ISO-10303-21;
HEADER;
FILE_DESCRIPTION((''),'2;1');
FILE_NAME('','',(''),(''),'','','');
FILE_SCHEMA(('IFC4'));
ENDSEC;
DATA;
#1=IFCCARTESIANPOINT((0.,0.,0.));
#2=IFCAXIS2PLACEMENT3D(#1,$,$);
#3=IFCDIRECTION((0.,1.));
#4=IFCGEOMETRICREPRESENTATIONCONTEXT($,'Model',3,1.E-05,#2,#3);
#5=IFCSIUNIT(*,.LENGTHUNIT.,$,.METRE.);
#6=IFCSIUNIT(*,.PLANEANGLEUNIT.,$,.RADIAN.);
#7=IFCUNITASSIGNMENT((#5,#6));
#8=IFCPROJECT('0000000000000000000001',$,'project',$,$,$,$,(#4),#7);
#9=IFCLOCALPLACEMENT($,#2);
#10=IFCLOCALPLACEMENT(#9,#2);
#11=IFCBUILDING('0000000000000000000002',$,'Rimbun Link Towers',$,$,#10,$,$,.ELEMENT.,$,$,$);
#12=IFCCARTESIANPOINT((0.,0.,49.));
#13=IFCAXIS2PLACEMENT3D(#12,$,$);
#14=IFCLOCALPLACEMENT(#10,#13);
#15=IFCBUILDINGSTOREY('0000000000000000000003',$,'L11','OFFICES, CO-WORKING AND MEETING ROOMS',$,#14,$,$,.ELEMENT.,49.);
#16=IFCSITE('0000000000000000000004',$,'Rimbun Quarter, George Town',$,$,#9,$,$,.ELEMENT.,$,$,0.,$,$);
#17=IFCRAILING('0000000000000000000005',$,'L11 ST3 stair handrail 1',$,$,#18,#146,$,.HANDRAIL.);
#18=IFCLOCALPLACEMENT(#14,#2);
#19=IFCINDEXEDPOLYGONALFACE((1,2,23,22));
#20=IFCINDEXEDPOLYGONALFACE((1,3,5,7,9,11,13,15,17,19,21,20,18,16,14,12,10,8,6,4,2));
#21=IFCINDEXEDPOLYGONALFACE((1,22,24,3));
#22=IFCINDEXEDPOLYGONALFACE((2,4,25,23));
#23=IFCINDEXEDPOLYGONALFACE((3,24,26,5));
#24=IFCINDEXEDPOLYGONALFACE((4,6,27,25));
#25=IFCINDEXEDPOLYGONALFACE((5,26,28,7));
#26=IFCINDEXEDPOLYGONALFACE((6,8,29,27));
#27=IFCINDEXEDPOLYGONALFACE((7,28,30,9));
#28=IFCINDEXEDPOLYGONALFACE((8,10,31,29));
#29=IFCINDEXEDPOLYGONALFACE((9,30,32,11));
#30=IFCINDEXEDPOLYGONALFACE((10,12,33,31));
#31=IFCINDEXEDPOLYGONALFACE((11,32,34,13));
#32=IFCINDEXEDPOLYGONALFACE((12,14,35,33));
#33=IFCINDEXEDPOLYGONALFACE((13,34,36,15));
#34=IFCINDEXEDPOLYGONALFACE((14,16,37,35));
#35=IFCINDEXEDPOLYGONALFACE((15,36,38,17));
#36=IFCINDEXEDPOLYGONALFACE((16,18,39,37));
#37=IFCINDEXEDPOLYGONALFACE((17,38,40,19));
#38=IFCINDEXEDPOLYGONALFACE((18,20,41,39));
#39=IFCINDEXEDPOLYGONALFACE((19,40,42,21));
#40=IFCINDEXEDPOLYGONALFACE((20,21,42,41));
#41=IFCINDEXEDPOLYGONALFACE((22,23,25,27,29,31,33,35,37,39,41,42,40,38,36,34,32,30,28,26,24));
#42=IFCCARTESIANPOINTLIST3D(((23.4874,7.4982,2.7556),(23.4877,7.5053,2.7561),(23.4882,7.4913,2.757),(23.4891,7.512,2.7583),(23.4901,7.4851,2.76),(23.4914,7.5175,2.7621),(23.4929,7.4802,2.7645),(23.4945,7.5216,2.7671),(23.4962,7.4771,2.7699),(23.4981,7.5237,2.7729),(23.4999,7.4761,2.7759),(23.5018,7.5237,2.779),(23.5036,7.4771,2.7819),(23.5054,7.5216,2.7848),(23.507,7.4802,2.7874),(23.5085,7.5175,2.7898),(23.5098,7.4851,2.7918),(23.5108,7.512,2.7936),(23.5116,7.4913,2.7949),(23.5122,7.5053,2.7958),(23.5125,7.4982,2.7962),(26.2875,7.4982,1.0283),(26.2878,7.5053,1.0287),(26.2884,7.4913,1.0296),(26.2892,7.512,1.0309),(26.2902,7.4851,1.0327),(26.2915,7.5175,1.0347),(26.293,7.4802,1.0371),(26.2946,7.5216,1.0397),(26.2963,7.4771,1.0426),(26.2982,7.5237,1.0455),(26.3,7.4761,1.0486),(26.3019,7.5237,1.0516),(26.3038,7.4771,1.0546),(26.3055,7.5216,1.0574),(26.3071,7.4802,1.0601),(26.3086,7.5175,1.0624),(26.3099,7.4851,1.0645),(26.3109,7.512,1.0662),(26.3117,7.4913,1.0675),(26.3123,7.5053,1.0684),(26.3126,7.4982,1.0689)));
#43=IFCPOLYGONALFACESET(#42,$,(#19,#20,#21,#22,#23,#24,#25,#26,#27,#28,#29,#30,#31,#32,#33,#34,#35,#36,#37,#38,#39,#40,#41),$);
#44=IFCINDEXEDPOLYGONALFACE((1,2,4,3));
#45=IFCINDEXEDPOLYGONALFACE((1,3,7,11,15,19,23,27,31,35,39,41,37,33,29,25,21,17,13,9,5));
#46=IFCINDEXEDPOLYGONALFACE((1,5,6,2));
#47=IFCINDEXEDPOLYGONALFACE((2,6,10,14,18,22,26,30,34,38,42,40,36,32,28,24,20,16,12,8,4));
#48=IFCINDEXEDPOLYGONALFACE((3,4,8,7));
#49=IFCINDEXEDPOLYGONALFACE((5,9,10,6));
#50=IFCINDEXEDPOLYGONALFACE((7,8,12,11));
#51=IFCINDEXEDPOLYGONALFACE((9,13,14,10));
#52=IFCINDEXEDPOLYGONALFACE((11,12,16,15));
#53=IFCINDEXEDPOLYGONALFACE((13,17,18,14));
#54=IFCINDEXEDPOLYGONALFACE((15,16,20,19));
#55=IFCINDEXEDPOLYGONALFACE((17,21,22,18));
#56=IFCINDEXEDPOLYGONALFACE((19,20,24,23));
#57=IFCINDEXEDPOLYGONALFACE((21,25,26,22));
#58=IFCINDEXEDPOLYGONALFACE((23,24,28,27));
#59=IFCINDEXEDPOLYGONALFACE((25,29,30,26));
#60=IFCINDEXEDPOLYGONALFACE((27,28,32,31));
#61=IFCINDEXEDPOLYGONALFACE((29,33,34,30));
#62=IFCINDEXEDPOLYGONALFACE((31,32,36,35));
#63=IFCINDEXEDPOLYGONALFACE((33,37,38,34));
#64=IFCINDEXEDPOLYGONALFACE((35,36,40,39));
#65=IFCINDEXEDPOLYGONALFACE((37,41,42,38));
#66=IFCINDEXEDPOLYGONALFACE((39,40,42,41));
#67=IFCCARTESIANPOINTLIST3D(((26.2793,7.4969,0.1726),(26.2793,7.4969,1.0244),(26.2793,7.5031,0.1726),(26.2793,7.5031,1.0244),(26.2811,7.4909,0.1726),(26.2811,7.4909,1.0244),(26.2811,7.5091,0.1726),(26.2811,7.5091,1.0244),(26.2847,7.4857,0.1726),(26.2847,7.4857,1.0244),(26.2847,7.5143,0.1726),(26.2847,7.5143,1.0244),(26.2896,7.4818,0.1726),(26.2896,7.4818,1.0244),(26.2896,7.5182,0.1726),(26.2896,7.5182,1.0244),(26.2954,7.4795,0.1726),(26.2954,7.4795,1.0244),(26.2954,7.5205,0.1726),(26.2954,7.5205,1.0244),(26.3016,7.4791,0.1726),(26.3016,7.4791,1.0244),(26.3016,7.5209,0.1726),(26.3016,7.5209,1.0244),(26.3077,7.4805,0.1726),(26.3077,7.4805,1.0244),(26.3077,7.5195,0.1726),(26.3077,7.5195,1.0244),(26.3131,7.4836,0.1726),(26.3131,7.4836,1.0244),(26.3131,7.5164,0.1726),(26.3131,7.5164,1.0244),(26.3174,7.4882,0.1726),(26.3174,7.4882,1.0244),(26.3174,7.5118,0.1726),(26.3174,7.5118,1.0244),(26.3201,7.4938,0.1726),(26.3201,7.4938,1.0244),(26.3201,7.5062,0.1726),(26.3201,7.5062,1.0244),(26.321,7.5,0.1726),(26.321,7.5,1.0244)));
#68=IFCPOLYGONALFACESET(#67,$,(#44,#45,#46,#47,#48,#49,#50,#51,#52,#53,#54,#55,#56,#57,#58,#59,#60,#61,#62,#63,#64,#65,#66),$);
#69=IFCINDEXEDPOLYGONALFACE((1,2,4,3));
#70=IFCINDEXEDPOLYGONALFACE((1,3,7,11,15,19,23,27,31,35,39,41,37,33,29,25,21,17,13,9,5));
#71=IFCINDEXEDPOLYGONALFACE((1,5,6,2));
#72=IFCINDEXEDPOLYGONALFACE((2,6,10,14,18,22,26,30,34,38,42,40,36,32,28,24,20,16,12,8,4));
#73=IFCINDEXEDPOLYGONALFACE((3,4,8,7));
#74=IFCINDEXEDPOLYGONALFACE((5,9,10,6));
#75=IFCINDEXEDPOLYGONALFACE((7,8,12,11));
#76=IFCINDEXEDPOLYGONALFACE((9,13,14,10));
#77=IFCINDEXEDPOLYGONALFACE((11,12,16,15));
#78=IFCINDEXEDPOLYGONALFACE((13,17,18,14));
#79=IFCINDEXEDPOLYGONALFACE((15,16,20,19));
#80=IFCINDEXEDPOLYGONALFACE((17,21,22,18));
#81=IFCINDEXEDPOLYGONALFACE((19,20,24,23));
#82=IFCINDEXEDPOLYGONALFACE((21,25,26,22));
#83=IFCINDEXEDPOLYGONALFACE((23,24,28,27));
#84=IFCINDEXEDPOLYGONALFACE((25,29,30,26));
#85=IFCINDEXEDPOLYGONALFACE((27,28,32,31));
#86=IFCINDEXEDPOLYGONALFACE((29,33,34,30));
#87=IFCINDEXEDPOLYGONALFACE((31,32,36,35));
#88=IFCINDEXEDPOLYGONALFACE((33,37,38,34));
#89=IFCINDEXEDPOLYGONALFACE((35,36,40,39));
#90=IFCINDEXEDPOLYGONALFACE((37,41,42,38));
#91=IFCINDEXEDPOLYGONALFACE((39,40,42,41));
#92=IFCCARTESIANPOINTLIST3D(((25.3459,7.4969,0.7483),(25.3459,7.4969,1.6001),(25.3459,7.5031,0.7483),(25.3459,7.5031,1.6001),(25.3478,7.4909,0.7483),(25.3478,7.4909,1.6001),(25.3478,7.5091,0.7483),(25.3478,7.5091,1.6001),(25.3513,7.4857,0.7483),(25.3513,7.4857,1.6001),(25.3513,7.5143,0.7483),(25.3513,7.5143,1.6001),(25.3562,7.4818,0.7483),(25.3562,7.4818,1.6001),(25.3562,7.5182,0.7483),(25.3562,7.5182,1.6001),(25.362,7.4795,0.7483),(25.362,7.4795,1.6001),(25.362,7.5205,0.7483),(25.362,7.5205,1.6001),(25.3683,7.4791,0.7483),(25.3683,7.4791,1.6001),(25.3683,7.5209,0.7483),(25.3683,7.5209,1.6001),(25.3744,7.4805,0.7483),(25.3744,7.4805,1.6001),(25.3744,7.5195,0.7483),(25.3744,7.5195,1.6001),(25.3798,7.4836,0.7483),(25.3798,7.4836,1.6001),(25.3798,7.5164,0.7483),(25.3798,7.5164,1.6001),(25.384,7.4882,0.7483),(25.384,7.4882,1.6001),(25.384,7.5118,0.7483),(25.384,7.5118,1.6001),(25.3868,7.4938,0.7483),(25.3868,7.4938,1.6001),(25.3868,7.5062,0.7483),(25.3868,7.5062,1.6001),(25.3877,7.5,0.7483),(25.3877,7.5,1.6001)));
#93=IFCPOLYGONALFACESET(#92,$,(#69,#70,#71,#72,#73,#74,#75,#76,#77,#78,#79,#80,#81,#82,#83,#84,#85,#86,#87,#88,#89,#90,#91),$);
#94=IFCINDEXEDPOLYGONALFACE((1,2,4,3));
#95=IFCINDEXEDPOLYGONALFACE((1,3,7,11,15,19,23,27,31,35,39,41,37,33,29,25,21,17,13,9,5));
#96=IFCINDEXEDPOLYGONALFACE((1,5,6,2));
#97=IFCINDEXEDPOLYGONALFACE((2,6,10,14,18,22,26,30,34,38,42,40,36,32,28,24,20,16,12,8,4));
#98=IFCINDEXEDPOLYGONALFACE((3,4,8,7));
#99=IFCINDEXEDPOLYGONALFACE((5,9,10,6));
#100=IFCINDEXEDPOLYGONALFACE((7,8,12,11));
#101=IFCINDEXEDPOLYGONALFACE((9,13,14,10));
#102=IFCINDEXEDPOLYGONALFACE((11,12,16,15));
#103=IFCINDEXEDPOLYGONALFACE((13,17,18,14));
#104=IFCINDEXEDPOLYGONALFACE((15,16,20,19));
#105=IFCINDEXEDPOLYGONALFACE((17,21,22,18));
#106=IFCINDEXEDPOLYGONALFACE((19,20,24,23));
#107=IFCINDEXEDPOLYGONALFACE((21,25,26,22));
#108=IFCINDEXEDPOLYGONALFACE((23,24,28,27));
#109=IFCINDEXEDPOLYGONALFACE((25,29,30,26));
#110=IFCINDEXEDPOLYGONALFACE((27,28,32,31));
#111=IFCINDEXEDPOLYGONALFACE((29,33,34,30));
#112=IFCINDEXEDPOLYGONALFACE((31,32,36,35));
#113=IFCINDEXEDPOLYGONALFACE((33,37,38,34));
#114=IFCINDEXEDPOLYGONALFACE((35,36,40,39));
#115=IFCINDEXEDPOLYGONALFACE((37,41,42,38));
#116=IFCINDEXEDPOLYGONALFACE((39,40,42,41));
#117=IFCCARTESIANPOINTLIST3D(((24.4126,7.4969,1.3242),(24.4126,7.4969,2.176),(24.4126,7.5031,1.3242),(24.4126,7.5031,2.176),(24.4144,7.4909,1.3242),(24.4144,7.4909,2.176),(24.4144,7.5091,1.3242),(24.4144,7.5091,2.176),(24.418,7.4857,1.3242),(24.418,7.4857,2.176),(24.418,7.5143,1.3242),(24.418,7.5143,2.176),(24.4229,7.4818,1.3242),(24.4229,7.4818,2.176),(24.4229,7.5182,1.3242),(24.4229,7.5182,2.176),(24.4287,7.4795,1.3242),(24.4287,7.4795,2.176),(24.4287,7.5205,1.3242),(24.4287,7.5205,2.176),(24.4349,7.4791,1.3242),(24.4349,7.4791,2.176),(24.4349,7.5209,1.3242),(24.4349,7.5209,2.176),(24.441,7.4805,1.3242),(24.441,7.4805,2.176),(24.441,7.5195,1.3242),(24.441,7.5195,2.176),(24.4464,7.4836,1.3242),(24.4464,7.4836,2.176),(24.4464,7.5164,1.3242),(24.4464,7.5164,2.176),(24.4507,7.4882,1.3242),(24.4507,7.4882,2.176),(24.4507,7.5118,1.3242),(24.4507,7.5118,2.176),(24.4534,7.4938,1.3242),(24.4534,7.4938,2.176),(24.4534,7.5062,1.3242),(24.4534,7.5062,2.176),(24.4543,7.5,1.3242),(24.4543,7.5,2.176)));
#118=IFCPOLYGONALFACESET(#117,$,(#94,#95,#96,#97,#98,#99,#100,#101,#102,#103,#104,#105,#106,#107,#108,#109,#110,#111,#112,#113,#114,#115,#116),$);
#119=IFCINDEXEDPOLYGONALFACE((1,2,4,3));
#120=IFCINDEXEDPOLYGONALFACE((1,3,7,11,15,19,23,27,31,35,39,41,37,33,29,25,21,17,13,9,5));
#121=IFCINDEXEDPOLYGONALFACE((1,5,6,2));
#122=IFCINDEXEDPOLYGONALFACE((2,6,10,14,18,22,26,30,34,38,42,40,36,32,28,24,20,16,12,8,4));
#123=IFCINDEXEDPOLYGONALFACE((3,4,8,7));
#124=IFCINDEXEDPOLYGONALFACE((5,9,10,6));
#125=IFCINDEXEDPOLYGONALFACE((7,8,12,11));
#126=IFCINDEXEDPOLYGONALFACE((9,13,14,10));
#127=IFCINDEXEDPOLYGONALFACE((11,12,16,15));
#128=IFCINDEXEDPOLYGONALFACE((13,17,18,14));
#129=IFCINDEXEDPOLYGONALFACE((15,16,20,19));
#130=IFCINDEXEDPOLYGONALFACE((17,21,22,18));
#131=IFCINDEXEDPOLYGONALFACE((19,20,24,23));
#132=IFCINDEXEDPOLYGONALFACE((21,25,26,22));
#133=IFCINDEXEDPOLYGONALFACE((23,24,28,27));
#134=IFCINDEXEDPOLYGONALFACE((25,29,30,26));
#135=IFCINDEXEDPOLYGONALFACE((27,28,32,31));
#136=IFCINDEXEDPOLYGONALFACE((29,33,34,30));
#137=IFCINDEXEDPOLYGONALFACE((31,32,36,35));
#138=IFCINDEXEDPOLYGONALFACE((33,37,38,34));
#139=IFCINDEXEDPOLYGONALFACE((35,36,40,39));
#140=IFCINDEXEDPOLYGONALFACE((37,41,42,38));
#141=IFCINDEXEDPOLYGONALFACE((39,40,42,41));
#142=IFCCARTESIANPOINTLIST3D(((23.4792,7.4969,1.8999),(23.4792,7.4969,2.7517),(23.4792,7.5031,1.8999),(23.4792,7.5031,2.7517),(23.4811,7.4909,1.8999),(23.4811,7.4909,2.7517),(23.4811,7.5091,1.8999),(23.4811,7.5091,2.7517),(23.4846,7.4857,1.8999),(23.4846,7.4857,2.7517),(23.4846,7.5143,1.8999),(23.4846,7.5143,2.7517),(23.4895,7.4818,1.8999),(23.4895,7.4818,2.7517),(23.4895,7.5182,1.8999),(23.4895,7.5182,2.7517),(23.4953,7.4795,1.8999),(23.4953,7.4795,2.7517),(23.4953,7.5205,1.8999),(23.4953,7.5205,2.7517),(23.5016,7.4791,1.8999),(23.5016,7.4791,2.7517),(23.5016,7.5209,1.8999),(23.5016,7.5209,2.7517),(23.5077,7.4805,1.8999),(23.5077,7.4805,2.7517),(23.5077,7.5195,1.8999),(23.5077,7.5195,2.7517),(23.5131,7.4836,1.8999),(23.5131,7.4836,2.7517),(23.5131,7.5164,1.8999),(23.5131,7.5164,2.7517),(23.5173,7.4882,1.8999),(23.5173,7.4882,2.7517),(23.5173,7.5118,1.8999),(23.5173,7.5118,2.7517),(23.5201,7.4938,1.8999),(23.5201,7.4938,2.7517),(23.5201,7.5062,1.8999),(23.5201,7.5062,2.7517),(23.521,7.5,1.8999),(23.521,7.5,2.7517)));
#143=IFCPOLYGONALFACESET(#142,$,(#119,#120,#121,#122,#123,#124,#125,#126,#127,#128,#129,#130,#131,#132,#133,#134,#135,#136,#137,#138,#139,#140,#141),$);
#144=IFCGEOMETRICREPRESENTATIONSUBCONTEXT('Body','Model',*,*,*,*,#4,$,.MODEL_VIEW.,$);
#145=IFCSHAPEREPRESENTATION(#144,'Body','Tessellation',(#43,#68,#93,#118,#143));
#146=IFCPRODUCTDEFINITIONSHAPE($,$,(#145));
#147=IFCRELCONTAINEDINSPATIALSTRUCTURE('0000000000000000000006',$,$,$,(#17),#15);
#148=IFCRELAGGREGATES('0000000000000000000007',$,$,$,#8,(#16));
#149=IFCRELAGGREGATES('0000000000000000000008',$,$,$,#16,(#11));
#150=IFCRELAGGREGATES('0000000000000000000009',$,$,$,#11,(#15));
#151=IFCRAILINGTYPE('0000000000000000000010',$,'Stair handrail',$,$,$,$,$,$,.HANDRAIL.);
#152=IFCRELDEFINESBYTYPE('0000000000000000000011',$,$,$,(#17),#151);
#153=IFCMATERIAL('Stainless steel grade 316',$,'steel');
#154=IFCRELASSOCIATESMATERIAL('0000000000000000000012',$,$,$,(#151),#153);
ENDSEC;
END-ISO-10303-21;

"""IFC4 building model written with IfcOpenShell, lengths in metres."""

from ifc_helpers import new_model, si_unit, direction, frame, origin, origin_2d, place, context, subcontext, project, spatial, circle, extrude, material, type_object, element, save


model = new_model("IFC4")

# Units and contexts
model_context = context("Model", 3, precision=1e-05, world=origin(), true_north=direction((0.0, 1.0)))
body_context = subcontext(model_context, "Body", "Model", "MODEL_VIEW")
ifc_project = project(units=[si_unit("LENGTHUNIT", "METRE"), si_unit("PLANEANGLEUNIT", "RADIAN")], contexts=[model_context])

# Site, building, storey
site_placement = place(None, origin())
site = spatial("IfcSite", under=ifc_project, at=site_placement, Name="Rimbun Quarter, George Town", CompositionType="ELEMENT", RefElevation=0.0)
building_placement = place(site_placement, origin())
building = spatial("IfcBuilding", under=site, at=building_placement, Name="Rimbun Link Towers", CompositionType="ELEMENT")
storey_placement = place(building_placement, frame((0.0, 0.0, 49.0)))
storey = spatial("IfcBuildingStorey", under=building, at=storey_placement, Name="L11", Description="OFFICES, CO-WORKING AND MEETING ROOMS", CompositionType="ELEMENT", Elevation=49.0)

# Railing
ifc_material_1 = material(Name="Stainless steel grade 316", Category="steel")
railing_type_1 = type_object("IfcRailingType", Name="Stair handrail", PredefinedType="HANDRAIL", material=ifc_material_1)
railing_1_placement = place(storey_placement, frame((26.3, 7.5, 0.1726)))
element("IfcRailing", 1, at=railing_1_placement, inside=storey, type_object=railing_type_1, Name="L11 ST3 stair handrail 1", PredefinedType="HANDRAIL", context=body_context, shape_type="SweptSolid", body=[
    extrude(circle(Radius=0.0239, at=origin_2d()), frame((0.0, 0.0, 0.876), z_axis=(-0.85109, 0.0, 0.52502), x_axis=(0.0, -1.0, 0.0)), (0.0, 0.0, 1.0), 3.29),
    extrude(circle(Radius=0.021, at=origin_2d()), origin(), (0.0, 0.0, 1.0), 0.8518),
    extrude(circle(Radius=0.021, at=origin_2d()), frame((-0.9333, 0.0, 0.5757)), (0.0, 0.0, 1.0), 0.8518),
    extrude(circle(Radius=0.021, at=origin_2d()), frame((-1.8667, 0.0, 1.1516)), (0.0, 0.0, 1.0), 0.8518),
    extrude(circle(Radius=0.021, at=origin_2d()), frame((-2.8, 0.0, 1.7273)), (0.0, 0.0, 1.0), 0.8518),
])

save(model, "model.ifc")
